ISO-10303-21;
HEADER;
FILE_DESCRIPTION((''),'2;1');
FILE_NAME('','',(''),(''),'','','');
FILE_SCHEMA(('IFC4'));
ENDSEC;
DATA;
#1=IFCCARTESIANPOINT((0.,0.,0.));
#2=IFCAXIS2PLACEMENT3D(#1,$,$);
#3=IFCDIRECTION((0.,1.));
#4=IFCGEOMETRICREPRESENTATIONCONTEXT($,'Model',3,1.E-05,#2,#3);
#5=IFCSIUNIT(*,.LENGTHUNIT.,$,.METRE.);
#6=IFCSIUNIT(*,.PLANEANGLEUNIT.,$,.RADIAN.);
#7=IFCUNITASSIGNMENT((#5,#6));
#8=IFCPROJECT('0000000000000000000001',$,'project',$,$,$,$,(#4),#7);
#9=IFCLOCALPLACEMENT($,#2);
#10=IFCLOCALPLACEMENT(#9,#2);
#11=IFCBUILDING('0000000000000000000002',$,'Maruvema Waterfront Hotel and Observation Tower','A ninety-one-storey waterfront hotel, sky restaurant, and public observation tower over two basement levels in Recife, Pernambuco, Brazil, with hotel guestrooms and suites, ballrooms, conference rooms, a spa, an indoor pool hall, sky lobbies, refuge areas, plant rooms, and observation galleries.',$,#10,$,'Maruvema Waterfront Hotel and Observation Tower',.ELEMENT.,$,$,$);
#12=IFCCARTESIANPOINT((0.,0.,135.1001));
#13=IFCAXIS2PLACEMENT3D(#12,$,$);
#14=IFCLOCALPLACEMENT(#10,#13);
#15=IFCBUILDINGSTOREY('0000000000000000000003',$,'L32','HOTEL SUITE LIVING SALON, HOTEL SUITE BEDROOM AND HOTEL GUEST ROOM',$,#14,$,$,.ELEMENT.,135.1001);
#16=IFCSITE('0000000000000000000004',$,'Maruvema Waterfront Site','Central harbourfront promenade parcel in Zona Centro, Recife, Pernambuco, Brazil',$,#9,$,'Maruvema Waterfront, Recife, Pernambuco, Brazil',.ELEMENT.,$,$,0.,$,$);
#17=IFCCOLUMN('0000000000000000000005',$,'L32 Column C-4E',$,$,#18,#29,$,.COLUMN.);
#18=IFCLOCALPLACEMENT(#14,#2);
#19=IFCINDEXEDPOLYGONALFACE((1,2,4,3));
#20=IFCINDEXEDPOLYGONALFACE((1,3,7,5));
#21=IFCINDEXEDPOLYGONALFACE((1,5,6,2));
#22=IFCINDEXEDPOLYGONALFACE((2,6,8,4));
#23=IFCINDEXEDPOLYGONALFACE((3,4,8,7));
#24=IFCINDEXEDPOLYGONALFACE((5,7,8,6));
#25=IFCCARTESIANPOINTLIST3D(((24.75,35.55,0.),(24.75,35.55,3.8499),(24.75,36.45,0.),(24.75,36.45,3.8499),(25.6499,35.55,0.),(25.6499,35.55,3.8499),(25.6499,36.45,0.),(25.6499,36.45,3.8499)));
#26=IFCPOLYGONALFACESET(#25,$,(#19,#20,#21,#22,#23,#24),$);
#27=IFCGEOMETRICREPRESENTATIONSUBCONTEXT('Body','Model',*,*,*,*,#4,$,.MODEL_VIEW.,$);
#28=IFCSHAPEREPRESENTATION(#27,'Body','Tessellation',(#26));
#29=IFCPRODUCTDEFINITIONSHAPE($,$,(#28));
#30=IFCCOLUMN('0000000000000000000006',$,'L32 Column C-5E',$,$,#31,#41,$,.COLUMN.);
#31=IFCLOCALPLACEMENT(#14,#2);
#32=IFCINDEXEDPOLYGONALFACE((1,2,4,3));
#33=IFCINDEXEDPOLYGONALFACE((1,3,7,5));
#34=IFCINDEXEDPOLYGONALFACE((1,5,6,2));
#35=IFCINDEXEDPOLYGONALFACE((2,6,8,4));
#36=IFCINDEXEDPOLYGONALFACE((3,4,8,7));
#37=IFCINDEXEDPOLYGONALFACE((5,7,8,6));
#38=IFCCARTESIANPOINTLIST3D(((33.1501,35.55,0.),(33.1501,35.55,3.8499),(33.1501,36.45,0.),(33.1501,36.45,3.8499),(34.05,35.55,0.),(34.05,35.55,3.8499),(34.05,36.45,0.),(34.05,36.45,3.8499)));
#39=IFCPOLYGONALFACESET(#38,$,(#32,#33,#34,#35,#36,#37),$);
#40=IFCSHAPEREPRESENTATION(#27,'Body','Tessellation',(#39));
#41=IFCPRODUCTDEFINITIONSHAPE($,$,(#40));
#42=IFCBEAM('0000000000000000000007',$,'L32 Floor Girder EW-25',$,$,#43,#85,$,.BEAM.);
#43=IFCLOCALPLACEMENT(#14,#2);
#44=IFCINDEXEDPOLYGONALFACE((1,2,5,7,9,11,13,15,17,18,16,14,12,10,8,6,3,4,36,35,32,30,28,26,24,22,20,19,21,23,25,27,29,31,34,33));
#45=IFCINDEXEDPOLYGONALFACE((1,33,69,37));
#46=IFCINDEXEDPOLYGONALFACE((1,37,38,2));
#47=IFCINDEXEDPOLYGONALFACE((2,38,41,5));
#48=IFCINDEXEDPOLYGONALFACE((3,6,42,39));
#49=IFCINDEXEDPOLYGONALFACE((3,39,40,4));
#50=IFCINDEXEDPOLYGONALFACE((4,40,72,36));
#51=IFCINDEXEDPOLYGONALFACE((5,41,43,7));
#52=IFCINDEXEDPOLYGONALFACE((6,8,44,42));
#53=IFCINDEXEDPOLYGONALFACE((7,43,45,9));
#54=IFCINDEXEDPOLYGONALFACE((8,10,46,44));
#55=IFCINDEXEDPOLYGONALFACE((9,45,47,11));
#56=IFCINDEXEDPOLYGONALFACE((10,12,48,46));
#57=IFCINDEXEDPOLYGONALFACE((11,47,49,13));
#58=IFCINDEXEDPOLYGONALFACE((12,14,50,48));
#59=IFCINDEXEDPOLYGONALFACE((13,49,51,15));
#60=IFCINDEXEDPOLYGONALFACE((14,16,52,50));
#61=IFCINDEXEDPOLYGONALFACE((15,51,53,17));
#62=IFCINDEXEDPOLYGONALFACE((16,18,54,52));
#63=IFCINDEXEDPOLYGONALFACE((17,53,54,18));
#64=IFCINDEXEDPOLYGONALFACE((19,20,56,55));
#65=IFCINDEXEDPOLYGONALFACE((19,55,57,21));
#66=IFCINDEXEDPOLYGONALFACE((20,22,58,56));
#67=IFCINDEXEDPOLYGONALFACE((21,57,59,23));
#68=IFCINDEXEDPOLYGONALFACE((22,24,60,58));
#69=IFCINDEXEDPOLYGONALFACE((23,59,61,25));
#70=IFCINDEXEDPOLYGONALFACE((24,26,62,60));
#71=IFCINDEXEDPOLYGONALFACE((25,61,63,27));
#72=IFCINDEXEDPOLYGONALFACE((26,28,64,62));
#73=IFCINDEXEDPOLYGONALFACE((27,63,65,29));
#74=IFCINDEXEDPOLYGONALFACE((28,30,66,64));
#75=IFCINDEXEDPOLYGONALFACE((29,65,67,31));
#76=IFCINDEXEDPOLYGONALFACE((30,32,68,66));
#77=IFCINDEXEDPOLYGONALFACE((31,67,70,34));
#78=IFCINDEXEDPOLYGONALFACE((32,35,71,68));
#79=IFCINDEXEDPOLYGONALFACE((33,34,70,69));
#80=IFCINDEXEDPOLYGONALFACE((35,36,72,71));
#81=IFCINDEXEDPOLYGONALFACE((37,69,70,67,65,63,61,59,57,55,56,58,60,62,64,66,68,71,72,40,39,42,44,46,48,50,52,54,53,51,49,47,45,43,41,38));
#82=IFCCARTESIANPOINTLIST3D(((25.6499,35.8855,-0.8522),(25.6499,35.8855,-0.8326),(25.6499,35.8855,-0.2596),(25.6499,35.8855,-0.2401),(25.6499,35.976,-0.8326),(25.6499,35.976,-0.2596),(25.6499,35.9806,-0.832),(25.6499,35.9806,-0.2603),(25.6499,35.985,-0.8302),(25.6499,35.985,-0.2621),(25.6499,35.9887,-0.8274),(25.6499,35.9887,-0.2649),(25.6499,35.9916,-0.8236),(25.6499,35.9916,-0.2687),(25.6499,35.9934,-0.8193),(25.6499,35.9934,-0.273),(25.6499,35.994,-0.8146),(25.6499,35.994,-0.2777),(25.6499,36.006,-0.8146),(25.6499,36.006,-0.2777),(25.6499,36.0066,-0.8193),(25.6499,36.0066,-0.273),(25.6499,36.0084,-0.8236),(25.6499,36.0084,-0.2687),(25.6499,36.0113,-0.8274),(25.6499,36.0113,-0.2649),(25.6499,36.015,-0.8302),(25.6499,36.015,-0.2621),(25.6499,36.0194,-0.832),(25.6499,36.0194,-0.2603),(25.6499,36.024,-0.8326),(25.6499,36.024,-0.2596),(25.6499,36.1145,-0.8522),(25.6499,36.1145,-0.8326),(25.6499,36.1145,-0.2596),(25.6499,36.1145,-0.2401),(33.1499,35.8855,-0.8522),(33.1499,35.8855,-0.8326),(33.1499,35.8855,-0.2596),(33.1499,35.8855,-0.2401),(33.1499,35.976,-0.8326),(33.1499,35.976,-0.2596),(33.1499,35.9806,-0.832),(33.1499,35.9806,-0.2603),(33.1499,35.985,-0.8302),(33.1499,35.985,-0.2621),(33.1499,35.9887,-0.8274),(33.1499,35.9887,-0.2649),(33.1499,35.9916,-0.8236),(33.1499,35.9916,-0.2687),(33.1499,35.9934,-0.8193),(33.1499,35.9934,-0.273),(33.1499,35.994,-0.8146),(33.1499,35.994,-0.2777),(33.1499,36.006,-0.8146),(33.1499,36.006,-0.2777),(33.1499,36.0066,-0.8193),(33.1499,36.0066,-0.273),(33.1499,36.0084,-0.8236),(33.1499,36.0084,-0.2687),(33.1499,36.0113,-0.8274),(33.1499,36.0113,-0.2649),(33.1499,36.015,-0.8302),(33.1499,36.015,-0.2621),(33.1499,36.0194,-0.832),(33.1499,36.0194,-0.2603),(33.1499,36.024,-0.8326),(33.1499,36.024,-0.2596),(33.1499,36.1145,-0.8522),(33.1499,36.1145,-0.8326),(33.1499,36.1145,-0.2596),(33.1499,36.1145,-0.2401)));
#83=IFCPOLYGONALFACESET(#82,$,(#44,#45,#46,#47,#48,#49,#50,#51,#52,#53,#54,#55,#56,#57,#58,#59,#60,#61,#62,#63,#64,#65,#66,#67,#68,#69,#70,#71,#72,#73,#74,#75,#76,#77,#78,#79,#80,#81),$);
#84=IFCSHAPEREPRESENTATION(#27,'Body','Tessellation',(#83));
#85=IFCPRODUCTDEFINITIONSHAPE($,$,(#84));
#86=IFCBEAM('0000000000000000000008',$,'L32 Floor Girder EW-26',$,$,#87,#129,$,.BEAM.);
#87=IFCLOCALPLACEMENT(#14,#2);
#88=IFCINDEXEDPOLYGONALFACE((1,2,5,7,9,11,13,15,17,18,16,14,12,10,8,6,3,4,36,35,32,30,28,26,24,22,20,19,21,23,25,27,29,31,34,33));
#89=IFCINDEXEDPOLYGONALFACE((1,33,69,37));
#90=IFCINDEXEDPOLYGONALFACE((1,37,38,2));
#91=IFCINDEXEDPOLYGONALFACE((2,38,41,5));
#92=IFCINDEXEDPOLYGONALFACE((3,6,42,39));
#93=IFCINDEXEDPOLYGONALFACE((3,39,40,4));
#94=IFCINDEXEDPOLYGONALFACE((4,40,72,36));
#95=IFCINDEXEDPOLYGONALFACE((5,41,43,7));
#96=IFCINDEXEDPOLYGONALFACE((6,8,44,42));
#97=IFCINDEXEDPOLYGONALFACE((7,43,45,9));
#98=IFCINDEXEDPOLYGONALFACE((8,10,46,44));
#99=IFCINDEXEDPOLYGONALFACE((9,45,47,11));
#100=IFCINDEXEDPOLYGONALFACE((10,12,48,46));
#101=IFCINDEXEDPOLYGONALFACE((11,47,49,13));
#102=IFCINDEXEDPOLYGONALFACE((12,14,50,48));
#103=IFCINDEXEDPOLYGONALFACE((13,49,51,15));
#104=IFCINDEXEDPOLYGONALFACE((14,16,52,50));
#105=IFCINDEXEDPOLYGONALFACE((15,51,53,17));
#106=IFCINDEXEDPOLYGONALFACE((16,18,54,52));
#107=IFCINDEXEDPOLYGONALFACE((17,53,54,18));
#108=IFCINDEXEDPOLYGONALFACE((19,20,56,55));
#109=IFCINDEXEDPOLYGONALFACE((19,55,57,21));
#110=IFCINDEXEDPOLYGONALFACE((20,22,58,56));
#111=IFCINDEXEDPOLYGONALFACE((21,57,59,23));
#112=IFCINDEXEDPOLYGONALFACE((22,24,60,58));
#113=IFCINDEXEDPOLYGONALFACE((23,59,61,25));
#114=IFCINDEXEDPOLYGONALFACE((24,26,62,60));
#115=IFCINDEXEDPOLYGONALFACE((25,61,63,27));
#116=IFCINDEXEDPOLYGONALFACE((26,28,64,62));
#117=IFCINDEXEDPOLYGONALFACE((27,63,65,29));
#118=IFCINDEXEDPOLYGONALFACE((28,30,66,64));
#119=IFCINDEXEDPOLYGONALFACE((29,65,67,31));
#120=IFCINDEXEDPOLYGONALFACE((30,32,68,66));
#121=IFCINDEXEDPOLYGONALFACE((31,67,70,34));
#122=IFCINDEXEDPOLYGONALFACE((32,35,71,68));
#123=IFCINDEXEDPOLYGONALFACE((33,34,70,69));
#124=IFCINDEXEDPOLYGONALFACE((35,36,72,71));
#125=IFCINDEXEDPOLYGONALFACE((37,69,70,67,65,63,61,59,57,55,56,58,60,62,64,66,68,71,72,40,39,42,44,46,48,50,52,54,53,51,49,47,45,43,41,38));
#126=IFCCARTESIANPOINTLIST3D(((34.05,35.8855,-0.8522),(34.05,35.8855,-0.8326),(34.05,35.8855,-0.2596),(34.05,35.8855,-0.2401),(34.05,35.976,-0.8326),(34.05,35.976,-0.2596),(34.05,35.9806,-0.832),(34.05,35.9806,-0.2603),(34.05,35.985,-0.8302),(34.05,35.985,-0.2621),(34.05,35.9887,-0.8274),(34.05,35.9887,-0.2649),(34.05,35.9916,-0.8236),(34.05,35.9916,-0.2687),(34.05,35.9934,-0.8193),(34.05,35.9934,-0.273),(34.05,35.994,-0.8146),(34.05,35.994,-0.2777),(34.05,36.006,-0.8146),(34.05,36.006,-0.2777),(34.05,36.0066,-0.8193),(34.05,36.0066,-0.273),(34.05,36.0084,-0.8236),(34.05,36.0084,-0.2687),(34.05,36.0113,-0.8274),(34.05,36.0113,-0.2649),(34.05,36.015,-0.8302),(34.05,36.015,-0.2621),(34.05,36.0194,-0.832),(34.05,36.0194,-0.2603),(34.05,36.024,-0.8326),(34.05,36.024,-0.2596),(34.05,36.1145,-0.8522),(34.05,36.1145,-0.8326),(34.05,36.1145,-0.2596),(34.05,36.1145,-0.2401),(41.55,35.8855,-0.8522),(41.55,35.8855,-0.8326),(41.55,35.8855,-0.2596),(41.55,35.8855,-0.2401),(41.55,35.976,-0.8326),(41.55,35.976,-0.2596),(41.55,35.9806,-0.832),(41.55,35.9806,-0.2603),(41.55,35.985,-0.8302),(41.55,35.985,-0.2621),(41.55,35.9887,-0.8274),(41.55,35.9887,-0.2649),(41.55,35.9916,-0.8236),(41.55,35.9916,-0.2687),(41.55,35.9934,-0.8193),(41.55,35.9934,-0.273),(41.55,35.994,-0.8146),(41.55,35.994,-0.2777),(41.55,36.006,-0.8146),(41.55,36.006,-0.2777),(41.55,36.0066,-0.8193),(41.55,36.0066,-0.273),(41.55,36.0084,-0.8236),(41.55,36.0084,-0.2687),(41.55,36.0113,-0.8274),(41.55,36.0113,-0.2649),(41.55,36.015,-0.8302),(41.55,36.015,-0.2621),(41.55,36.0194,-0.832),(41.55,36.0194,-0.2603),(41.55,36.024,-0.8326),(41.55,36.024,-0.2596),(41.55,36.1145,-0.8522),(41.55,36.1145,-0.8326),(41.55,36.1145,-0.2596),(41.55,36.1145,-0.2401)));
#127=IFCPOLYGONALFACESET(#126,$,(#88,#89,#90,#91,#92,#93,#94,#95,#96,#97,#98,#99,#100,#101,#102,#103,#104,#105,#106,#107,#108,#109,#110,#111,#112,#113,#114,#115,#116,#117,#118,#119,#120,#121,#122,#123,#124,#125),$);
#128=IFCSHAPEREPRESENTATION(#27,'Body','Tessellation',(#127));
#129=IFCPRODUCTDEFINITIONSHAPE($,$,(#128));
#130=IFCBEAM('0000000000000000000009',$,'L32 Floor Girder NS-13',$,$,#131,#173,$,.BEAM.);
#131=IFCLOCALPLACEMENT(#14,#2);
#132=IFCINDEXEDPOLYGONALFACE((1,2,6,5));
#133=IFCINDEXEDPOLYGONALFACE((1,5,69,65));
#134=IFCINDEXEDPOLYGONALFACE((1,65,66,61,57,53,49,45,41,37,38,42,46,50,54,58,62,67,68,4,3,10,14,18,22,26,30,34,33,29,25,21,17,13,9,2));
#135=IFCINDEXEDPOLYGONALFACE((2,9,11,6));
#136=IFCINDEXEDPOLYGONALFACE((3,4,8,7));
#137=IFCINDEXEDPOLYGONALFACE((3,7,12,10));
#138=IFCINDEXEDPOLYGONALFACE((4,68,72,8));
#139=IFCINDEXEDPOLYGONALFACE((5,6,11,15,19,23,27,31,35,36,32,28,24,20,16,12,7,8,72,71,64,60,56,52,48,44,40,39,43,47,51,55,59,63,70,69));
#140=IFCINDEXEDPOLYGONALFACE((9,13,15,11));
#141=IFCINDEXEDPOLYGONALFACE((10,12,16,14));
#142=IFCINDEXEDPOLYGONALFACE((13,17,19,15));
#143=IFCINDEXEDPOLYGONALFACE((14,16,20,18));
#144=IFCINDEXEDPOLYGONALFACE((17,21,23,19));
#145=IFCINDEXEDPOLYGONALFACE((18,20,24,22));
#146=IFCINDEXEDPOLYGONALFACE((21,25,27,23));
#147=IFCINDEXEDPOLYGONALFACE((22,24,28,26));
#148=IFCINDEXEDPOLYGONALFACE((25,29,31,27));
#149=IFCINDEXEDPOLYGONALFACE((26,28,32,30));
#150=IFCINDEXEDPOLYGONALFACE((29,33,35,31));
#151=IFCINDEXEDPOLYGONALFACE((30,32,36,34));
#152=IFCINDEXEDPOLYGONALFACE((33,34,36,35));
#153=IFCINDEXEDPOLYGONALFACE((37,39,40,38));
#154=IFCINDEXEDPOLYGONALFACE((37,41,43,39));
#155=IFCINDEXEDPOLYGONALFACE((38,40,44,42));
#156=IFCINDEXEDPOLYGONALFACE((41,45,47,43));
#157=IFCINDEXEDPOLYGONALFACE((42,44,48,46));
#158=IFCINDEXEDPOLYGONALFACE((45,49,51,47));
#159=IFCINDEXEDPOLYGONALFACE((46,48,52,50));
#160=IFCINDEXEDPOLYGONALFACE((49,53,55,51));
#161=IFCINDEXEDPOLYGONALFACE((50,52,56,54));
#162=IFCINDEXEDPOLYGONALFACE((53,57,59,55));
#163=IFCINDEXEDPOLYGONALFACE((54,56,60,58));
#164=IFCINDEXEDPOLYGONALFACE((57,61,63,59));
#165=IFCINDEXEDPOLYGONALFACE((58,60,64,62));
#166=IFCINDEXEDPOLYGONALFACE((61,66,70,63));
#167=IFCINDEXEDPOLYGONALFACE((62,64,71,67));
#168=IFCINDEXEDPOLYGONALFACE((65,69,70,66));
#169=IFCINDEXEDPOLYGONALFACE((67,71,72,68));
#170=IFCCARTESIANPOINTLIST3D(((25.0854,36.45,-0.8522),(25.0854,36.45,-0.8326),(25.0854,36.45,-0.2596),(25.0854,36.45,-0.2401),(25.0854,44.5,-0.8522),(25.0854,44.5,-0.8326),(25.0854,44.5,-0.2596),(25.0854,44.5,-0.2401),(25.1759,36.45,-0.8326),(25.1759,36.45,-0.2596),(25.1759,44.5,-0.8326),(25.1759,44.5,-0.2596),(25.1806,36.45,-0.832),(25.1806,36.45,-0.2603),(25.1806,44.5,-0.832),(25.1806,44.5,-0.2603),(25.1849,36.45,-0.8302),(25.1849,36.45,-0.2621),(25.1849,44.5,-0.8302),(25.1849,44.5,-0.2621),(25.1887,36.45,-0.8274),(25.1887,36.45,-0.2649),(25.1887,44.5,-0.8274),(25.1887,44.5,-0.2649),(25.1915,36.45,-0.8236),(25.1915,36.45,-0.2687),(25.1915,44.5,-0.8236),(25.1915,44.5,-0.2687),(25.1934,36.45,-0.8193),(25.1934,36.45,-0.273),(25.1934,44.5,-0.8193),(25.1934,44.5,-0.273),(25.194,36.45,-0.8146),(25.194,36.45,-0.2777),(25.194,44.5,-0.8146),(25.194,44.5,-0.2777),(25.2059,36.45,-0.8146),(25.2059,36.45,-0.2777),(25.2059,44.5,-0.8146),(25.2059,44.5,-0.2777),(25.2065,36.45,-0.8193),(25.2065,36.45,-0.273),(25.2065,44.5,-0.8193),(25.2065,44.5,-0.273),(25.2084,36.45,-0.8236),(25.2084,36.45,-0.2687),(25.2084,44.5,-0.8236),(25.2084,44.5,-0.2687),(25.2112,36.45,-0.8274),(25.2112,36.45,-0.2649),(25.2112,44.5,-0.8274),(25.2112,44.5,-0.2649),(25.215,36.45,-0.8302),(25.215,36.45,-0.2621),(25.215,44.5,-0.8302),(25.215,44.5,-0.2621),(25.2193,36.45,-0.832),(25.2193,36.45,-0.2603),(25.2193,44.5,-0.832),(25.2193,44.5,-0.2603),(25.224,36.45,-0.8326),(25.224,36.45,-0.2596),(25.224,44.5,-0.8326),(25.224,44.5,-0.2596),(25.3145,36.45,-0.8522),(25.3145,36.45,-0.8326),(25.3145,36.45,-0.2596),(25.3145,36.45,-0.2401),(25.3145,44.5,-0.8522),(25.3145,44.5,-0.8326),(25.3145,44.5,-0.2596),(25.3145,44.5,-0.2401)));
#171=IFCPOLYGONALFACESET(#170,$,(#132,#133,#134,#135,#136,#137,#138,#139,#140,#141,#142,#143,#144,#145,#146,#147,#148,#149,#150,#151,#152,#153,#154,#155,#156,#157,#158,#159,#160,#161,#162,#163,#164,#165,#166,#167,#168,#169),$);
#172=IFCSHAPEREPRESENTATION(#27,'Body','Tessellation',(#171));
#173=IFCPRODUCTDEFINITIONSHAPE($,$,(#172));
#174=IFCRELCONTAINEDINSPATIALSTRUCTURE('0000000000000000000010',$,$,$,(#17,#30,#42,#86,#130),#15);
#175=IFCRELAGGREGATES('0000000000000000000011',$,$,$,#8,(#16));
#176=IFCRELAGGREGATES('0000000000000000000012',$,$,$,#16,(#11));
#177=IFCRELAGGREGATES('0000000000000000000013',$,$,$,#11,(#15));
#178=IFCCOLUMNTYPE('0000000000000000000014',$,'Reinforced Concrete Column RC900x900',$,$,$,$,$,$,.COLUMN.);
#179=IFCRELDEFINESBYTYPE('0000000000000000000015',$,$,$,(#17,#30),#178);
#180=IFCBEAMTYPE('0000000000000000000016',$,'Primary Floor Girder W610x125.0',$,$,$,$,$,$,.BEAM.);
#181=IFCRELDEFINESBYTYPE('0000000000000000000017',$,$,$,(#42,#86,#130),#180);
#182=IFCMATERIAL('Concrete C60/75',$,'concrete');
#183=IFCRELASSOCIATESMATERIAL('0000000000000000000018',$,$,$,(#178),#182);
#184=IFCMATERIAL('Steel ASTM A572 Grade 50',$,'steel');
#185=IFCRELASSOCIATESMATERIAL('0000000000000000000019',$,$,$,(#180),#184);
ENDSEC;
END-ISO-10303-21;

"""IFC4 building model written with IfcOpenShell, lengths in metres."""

from ifc_helpers import new_model, si_unit, direction, frame, origin, origin_2d, place, context, subcontext, project, spatial, rectangle, i_section, extrude, material, material_profile, profile_set, type_object, element, save


model = new_model("IFC4")

# Units and contexts
model_context = context("Model", 3, precision=1e-05, world=origin(), true_north=direction((0.0, 1.0)))
body_context = subcontext(model_context, "Body", "Model", "MODEL_VIEW")
ifc_project = project(units=[si_unit("LENGTHUNIT", "METRE"), si_unit("PLANEANGLEUNIT", "RADIAN")], contexts=[model_context])

# Site, building, storey
site_placement = place(None, origin())
site = spatial("IfcSite", under=ifc_project, at=site_placement, Name="Maruvema Waterfront Site", Description="Central harbourfront promenade parcel in Zona Centro, Recife, Pernambuco, Brazil", LongName="Maruvema Waterfront, Recife, Pernambuco, Brazil", CompositionType="ELEMENT", RefElevation=0.0)
building_placement = place(site_placement, origin())
building = spatial("IfcBuilding", under=site, at=building_placement, Name="Maruvema Waterfront Hotel and Observation Tower", Description="A ninety-one-storey waterfront hotel, sky restaurant, and public observation tower over two basement levels in Recife, Pernambuco, Brazil, with hotel guestrooms and suites, ballrooms, conference rooms, a spa, an indoor pool hall, sky lobbies, refuge areas, plant rooms, and observation galleries.", LongName="Maruvema Waterfront Hotel and Observation Tower", CompositionType="ELEMENT")
storey_placement = place(building_placement, frame((0.0, 0.0, 135.1001)))
storey = spatial("IfcBuildingStorey", under=building, at=storey_placement, Name="L32", Description="HOTEL SUITE LIVING SALON, HOTEL SUITE BEDROOM AND HOTEL GUEST ROOM", CompositionType="ELEMENT", Elevation=135.1001)

# Columns
ifc_material_1 = material(Name="Concrete C60/75", Category="concrete")
ifc_material_profile_1 = material_profile(ifc_material_1, rectangle(XDim=0.8999, YDim=0.8999, at=origin_2d()), Name="RC900x900")
ifc_profile_set_1 = profile_set([ifc_material_profile_1], Name="Concrete C60/75")
column_type = type_object("IfcColumnType", Name="Reinforced Concrete Column RC900x900", PredefinedType="COLUMN", material=ifc_profile_set_1)
for number, where, z_axis, x_axis, name in (
    (1, (25.2, 36.0, 0.0), (0.0, 0.0, 1.0), (1.0, 0.0, 0.0), "L32 Column C-4E"),
    (2, (33.6001, 36.0, 0.0), (0.0, 0.0, 1.0), (1.0, 0.0, 0.0), "L32 Column C-5E"),
):
    element("IfcColumn", number, at=place(storey_placement, frame(where, z_axis=z_axis, x_axis=x_axis)), inside=storey, type_object=column_type, Name=name, PredefinedType="COLUMN", context=body_context, shape_type="SweptSolid", body=[
        extrude(rectangle(XDim=0.8999, YDim=0.8999, at=origin_2d()), origin(), (0.0, 0.0, 1.0), 3.8499),
    ])

# Beams
ifc_material_2 = material(Name="Steel ASTM A572 Grade 50", Category="steel")
ifc_material_profile_2 = material_profile(ifc_material_2, i_section(OverallWidth=0.229, OverallDepth=0.6121, WebThickness=0.012, FlangeThickness=0.0195, FilletRadius=0.0181, at=origin_2d()), Name="W610x125.0")
ifc_profile_set_2 = profile_set([ifc_material_profile_2], Name="Steel ASTM A572 Grade 50")
beam_type = type_object("IfcBeamType", Name="Primary Floor Girder W610x125.0", PredefinedType="BEAM", material=ifc_profile_set_2)
for number, where, z_axis, x_axis, name in (
    (3, (25.6499, 36.0, -0.5461), (1.0, 0.0, 0.0), (0.0, 1.0, 0.0), "L32 Floor Girder EW-25"),
    (4, (34.05, 36.0, -0.5461), (1.0, 0.0, 0.0), (0.0, 1.0, 0.0), "L32 Floor Girder EW-26"),
):
    element("IfcBeam", number, at=place(storey_placement, frame(where, z_axis=z_axis, x_axis=x_axis)), inside=storey, type_object=beam_type, Name=name, PredefinedType="BEAM", context=body_context, shape_type="SweptSolid", body=[
        extrude(i_section(OverallWidth=0.229, OverallDepth=0.6121, WebThickness=0.012, FlangeThickness=0.0195, FilletRadius=0.0181, at=origin_2d()), origin(), (0.0, 0.0, 1.0), 7.5),
    ])
beam_placement = place(storey_placement, frame((25.2, 36.45, -0.5461), z_axis=(0.0, 1.0, 0.0), x_axis=(-1.0, 0.0, 0.0)))
element("IfcBeam", 5, at=beam_placement, inside=storey, type_object=beam_type, Name="L32 Floor Girder NS-13", PredefinedType="BEAM", context=body_context, shape_type="SweptSolid", body=[
    extrude(i_section(OverallWidth=0.229, OverallDepth=0.6121, WebThickness=0.012, FlangeThickness=0.0195, FilletRadius=0.0181, at=origin_2d()), origin(), (0.0, 0.0, 1.0), 8.05),
])

save(model, "model.ifc")
